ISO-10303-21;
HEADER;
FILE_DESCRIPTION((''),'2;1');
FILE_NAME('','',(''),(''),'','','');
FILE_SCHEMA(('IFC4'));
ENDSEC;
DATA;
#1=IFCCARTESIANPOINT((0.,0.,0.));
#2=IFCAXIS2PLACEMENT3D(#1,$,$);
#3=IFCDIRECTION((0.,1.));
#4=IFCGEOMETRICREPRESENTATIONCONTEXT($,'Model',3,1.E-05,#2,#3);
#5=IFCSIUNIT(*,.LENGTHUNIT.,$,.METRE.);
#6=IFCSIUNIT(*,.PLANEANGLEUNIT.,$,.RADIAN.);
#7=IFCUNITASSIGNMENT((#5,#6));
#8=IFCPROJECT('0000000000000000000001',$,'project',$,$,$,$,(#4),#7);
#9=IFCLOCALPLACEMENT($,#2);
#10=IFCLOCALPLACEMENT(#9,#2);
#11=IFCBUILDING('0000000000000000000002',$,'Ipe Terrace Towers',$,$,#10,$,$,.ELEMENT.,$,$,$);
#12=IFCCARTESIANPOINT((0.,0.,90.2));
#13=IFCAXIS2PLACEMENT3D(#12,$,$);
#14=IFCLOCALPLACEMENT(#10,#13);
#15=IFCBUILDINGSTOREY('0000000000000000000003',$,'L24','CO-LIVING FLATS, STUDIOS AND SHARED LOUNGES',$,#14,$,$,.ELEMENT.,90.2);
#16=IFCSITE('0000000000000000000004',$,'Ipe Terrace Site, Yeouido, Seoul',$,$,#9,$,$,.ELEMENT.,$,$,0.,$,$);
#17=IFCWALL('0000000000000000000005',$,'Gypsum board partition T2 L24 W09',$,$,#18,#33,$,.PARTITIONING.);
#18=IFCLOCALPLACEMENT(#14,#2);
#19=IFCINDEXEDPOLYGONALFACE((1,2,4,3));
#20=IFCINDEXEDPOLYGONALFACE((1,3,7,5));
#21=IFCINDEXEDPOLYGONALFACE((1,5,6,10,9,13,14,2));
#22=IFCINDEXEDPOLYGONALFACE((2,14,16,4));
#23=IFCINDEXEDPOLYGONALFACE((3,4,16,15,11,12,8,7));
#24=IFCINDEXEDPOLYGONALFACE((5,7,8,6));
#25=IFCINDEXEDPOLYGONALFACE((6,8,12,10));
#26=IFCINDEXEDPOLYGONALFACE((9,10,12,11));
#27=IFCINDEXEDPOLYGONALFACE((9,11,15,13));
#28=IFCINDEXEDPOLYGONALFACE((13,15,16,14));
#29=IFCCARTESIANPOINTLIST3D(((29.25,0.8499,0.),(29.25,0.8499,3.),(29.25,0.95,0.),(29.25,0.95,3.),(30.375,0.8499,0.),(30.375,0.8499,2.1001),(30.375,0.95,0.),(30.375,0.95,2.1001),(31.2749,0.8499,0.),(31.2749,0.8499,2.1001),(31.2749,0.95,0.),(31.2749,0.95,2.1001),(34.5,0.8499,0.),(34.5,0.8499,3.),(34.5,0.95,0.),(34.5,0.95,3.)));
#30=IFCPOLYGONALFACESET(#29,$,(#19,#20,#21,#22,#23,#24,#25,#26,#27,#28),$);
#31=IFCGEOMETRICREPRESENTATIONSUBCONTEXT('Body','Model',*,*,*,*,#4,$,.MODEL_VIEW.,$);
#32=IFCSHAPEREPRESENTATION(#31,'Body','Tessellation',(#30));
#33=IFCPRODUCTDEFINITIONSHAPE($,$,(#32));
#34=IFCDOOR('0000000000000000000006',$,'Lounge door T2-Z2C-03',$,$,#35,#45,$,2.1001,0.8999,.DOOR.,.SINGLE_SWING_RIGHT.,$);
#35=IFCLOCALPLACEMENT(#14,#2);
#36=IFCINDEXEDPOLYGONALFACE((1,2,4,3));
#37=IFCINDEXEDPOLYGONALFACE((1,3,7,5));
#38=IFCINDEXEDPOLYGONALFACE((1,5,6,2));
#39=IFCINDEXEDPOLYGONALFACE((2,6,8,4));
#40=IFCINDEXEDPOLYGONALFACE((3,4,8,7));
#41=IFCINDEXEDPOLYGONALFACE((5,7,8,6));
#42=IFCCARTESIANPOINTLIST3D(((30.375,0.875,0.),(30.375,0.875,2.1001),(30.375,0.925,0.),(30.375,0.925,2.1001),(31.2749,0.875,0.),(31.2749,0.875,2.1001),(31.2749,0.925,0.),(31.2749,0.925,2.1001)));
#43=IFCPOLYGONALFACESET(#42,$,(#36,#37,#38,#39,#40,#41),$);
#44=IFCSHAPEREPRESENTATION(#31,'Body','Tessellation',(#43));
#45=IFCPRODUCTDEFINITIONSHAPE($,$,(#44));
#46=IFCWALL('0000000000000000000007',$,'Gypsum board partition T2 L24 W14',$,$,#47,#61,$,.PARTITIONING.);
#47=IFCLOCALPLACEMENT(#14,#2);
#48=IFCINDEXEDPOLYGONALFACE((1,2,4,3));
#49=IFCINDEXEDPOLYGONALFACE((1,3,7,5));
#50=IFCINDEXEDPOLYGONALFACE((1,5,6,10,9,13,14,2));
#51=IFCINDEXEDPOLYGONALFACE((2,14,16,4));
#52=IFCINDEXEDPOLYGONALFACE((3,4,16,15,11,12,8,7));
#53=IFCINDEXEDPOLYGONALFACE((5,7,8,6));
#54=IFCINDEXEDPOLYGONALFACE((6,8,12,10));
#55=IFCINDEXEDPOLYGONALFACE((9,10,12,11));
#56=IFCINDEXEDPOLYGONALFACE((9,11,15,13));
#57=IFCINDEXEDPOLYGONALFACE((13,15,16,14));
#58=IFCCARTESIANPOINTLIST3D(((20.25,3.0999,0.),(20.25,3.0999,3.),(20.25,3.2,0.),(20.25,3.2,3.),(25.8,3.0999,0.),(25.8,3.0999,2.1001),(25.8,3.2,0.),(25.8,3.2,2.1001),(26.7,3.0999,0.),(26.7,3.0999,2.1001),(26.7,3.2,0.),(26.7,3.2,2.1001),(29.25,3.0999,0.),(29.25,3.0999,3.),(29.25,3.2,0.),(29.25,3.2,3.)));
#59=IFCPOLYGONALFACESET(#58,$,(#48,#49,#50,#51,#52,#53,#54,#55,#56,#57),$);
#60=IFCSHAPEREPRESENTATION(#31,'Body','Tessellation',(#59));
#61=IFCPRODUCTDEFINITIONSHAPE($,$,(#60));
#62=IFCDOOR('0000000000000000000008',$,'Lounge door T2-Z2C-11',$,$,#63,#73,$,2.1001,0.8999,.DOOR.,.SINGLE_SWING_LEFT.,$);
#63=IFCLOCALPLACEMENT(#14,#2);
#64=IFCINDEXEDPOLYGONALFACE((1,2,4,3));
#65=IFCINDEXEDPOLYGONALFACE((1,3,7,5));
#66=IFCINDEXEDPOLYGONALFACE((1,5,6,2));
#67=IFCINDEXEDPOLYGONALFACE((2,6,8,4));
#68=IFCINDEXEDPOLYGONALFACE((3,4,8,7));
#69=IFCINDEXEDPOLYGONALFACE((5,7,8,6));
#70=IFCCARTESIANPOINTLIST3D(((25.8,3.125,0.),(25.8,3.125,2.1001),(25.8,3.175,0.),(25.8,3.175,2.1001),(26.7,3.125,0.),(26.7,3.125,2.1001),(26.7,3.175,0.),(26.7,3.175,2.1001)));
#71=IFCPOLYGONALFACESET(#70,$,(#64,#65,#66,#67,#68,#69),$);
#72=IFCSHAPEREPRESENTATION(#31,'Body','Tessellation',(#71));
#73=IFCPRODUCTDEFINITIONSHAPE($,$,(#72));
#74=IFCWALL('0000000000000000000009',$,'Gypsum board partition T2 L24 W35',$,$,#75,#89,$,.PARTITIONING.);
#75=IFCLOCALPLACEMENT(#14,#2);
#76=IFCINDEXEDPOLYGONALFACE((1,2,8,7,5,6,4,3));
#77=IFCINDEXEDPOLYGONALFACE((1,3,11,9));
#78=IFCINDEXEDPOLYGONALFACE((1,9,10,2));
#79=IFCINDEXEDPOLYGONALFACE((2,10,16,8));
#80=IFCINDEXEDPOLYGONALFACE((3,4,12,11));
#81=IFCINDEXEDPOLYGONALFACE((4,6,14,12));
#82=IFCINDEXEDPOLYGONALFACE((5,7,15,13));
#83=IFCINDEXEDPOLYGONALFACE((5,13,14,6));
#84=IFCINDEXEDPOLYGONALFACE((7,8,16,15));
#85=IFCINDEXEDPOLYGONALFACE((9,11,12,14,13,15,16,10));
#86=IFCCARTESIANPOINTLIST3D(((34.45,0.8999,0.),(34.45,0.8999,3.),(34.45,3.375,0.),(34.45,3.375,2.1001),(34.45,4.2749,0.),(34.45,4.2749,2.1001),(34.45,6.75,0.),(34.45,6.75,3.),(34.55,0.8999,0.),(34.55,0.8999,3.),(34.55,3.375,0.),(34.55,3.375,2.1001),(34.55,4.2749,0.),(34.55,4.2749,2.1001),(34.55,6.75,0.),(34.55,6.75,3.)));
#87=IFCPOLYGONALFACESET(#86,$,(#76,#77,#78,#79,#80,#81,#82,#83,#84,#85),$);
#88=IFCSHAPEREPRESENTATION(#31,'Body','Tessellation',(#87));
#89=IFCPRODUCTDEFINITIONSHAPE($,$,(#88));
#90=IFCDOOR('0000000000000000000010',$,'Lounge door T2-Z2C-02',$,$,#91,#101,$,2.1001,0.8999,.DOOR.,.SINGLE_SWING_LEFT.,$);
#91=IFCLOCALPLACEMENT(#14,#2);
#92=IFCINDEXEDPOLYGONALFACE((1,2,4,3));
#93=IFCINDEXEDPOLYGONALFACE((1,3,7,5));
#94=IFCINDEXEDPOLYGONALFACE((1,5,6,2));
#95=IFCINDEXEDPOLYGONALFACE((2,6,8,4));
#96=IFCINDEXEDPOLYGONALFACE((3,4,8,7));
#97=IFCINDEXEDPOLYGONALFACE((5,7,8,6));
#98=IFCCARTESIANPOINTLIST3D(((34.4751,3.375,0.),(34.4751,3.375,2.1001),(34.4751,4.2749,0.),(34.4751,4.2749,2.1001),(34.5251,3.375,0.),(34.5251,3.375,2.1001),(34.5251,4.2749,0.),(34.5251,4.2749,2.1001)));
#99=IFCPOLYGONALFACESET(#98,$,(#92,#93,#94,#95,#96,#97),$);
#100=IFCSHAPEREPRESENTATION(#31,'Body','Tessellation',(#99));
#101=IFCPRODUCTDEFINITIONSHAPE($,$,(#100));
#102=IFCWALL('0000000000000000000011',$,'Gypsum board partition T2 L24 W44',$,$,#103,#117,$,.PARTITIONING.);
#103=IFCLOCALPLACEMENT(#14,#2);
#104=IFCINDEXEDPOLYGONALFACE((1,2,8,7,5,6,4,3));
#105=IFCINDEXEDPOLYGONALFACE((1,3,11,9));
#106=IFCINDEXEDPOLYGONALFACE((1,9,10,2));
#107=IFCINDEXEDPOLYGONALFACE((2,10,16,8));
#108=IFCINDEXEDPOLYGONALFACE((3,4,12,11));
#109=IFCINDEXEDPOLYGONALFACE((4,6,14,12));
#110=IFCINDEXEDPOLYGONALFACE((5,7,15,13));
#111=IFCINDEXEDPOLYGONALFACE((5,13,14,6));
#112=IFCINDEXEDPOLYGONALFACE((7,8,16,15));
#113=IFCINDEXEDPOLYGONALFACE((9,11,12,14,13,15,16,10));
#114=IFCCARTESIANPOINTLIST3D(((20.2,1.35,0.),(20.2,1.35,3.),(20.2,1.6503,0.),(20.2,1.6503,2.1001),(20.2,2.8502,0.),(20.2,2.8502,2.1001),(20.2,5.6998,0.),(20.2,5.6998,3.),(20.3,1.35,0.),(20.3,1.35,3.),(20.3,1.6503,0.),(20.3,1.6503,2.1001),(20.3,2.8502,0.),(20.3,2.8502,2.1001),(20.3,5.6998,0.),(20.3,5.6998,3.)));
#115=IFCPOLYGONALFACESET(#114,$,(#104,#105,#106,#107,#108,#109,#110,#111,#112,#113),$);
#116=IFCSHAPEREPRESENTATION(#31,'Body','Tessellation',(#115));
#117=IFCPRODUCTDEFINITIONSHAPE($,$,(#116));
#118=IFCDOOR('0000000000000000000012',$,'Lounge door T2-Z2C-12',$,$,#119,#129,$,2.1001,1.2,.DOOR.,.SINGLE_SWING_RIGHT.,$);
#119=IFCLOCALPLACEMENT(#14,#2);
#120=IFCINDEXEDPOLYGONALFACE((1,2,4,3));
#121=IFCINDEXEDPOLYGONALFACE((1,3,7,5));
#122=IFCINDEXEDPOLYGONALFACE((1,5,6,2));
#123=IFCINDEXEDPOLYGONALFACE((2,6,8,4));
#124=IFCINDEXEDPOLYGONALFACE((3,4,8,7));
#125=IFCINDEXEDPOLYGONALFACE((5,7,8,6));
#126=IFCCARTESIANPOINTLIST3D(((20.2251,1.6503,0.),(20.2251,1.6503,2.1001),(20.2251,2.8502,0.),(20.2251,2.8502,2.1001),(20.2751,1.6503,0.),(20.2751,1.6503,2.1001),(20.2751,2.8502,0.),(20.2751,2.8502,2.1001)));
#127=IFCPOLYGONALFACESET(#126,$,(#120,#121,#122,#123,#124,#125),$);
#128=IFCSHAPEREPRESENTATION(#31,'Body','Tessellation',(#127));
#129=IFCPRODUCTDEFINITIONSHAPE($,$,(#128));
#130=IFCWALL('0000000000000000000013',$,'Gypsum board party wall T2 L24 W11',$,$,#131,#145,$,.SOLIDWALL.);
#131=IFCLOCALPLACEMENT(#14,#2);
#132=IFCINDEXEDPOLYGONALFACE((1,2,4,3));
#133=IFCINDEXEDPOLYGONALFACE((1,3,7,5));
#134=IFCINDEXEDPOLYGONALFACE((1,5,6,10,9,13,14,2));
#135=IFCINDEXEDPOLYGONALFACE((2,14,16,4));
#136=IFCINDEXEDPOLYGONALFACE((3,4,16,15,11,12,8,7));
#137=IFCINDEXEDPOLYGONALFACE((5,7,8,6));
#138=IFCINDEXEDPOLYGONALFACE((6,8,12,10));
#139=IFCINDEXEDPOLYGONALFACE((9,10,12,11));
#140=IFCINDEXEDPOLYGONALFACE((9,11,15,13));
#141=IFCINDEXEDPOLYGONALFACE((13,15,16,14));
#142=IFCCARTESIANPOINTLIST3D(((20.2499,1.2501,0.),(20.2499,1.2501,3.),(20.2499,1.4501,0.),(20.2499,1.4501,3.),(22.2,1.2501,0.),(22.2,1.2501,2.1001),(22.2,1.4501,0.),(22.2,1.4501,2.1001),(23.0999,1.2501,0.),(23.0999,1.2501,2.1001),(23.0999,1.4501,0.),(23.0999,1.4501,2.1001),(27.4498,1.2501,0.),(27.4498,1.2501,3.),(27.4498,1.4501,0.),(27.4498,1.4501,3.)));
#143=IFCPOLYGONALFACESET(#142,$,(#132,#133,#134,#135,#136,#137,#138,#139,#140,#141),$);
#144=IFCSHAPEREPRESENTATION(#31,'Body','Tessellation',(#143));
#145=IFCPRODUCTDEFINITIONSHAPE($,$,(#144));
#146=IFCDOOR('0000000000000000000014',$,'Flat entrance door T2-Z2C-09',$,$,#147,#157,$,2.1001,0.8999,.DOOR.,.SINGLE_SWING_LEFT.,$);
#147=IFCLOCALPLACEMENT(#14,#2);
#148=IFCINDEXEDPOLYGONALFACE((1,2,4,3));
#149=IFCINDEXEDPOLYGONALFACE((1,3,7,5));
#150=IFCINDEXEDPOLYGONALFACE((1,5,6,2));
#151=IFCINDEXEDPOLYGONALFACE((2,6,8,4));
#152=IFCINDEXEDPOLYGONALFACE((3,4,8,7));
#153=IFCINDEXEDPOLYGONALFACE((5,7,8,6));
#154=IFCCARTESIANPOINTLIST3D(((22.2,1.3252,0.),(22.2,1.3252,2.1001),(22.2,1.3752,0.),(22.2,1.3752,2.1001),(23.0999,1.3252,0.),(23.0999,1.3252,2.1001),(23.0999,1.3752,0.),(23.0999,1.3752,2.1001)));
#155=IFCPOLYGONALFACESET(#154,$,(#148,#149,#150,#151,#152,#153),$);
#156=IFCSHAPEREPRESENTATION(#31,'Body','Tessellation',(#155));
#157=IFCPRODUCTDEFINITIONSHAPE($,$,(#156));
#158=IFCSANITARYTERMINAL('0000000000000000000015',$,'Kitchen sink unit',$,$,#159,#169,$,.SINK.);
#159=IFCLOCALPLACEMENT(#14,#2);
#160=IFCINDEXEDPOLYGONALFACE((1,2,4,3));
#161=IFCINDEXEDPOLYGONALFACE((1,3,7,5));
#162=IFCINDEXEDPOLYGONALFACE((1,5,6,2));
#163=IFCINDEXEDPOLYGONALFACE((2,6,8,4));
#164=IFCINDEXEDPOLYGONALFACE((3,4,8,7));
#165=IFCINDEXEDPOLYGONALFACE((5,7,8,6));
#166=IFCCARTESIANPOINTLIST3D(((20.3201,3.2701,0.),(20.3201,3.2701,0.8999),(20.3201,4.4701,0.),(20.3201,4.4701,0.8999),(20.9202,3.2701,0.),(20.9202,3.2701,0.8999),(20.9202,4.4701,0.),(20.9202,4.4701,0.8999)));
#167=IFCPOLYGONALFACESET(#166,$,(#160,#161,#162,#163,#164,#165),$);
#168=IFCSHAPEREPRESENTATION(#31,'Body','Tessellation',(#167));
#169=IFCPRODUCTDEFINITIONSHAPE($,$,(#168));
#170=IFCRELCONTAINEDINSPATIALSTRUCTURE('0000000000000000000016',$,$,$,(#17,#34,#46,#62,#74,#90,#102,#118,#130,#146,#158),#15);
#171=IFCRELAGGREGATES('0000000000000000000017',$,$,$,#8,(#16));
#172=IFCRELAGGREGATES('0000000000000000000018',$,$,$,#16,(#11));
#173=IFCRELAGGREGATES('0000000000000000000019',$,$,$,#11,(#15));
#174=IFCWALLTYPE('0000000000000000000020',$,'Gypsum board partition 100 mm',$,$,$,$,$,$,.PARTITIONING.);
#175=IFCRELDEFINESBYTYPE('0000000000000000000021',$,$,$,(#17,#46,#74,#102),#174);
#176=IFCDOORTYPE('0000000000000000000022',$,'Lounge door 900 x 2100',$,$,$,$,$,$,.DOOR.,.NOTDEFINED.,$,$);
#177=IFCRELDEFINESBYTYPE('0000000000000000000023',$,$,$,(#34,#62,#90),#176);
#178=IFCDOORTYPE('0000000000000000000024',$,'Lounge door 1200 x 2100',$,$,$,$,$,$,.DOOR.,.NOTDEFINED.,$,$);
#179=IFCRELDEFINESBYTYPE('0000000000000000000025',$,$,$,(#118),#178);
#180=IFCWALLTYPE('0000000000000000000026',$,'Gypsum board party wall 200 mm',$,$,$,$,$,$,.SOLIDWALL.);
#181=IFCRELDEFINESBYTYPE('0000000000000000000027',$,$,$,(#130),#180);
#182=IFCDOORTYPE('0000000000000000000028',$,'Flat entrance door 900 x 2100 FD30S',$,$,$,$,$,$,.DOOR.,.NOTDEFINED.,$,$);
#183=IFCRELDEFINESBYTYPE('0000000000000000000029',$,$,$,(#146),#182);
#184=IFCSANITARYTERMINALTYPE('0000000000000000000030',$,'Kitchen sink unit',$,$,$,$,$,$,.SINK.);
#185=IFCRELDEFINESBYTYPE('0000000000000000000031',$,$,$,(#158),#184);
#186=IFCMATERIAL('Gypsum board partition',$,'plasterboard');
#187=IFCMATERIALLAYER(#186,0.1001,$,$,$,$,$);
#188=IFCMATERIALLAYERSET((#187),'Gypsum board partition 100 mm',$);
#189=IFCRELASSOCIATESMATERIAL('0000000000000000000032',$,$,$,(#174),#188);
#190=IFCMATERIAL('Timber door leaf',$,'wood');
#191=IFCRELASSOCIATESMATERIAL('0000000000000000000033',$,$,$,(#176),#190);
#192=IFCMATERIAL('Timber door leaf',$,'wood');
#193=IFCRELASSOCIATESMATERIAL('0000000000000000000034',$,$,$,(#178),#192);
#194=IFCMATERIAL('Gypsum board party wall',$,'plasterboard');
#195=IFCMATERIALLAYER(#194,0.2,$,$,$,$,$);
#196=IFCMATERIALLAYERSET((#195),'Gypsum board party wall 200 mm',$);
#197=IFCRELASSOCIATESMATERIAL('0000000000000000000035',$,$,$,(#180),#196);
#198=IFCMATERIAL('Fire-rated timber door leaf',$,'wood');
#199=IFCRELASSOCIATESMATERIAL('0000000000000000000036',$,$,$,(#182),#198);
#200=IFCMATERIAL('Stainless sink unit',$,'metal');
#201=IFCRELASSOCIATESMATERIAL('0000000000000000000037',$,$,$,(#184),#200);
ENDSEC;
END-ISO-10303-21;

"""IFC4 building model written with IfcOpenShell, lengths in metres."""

from ifc_helpers import new_model, si_unit, direction, frame, frame_2d, origin, origin_2d, place, context, subcontext, project, spatial, rectangle, extrude, material, layer, layer_set, type_object, element, fill, save


model = new_model("IFC4")

# Units and contexts
model_context = context("Model", 3, precision=1e-05, world=origin(), true_north=direction((0.0, 1.0)))
body_context = subcontext(model_context, "Body", "Model", "MODEL_VIEW")
ifc_project = project(units=[si_unit("LENGTHUNIT", "METRE"), si_unit("PLANEANGLEUNIT", "RADIAN")], contexts=[model_context])

# Site, building, storey
site_placement = place(None, origin())
site = spatial("IfcSite", under=ifc_project, at=site_placement, Name="Ipe Terrace Site, Yeouido, Seoul", CompositionType="ELEMENT", RefElevation=0.0)
building_placement = place(site_placement, origin())
building = spatial("IfcBuilding", under=site, at=building_placement, Name="Ipe Terrace Towers", CompositionType="ELEMENT")
storey_placement = place(building_placement, frame((0.0, 0.0, 90.2)))
storey = spatial("IfcBuildingStorey", under=building, at=storey_placement, Name="L24", Description="CO-LIVING FLATS, STUDIOS AND SHARED LOUNGES", CompositionType="ELEMENT", Elevation=90.2)

# Walls, openings, doors
ifc_material_1 = material(Name="Gypsum board partition", Category="plasterboard")
ifc_layer_1 = layer(ifc_material_1, 0.1001)
ifc_layer_set_1 = layer_set([ifc_layer_1], Name="Gypsum board partition 100 mm")
wall_type_1 = type_object("IfcWallType", Name="Gypsum board partition 100 mm", PredefinedType="PARTITIONING", material=ifc_layer_set_1)
wall_1_placement = place(storey_placement, frame((34.5, 0.8999, 0.0), z_axis=(0.0, 0.0, 1.0), x_axis=(-1.0, 0.0, 0.0)))
wall_1 = element("IfcWall", 1, at=wall_1_placement, inside=storey, type_object=wall_type_1, Name="Gypsum board partition T2 L24 W09", PredefinedType="PARTITIONING", context=body_context, shape_type="SweptSolid", body=[
    extrude(rectangle(XDim=5.25, YDim=0.1001, at=frame_2d((2.625, 0.0))), origin(), (0.0, 0.0, 1.0), 3.0),
])
opening_1_placement = place(wall_1_placement, frame((3.2251, 0.0, 0.0)))
opening_1 = element("IfcOpeningElement", 2, at=opening_1_placement, cuts=wall_1, PredefinedType="OPENING", context=body_context, shape_type="SweptSolid", body=[
    extrude(rectangle(XDim=0.8999, YDim=2.1001, at=frame_2d((0.45, 1.05))), frame((0.0, 0.0601, 0.0), z_axis=(0.0, -1.0, 0.0), x_axis=(1.0, 0.0, 0.0)), (0.0, 0.0, 1.0), 0.1201),
])
ifc_material_2 = material(Name="Timber door leaf", Category="wood")
door_type_1 = type_object("IfcDoorType", Name="Lounge door 900 x 2100", OperationType="NOTDEFINED", PredefinedType="DOOR", material=ifc_material_2)
door_1_placement = place(opening_1_placement, origin())
door_1 = element("IfcDoor", 3, at=door_1_placement, inside=storey, type_object=door_type_1, Name="Lounge door T2-Z2C-03", OperationType="SINGLE_SWING_RIGHT", OverallHeight=2.1001, OverallWidth=0.8999, PredefinedType="DOOR", context=body_context, shape_type="SweptSolid", body=[
    extrude(rectangle(XDim=0.8999, YDim=2.1001, at=frame_2d((0.45, 1.05))), frame((0.0, 0.0249, 0.0), z_axis=(0.0, -1.0, 0.0), x_axis=(1.0, 0.0, 0.0)), (0.0, 0.0, 1.0), 0.05),
])
fill(opening_1, door_1)
wall_2_placement = place(storey_placement, frame((29.25, 3.1499, 0.0), z_axis=(0.0, 0.0, 1.0), x_axis=(-1.0, 0.0, 0.0)))
wall_2 = element("IfcWall", 4, at=wall_2_placement, inside=storey, type_object=wall_type_1, Name="Gypsum board partition T2 L24 W14", PredefinedType="PARTITIONING", context=body_context, shape_type="SweptSolid", body=[
    extrude(rectangle(XDim=9.0, YDim=0.1001, at=frame_2d((4.5, 0.0))), origin(), (0.0, 0.0, 1.0), 3.0),
])
opening_2_placement = place(wall_2_placement, frame((2.55, 0.0, 0.0)))
opening_2 = element("IfcOpeningElement", 5, at=opening_2_placement, cuts=wall_2, PredefinedType="OPENING", context=body_context, shape_type="SweptSolid", body=[
    extrude(rectangle(XDim=0.8999, YDim=2.1001, at=frame_2d((0.45, 1.05))), frame((0.0, 0.0601, 0.0), z_axis=(0.0, -1.0, 0.0), x_axis=(1.0, 0.0, 0.0)), (0.0, 0.0, 1.0), 0.1201),
])
door_2_placement = place(opening_2_placement, origin())
door_2 = element("IfcDoor", 6, at=door_2_placement, inside=storey, type_object=door_type_1, Name="Lounge door T2-Z2C-11", OperationType="SINGLE_SWING_LEFT", OverallHeight=2.1001, OverallWidth=0.8999, PredefinedType="DOOR", context=body_context, shape_type="SweptSolid", body=[
    extrude(rectangle(XDim=0.8999, YDim=2.1001, at=frame_2d((0.45, 1.05))), frame((0.0, 0.0249, 0.0), z_axis=(0.0, -1.0, 0.0), x_axis=(1.0, 0.0, 0.0)), (0.0, 0.0, 1.0), 0.05),
])
fill(opening_2, door_2)
wall_3_placement = place(storey_placement, frame((34.5, 0.8999, 0.0), z_axis=(0.0, 0.0, 1.0), x_axis=(0.0, 1.0, 0.0)))
wall_3 = element("IfcWall", 7, at=wall_3_placement, inside=storey, type_object=wall_type_1, Name="Gypsum board partition T2 L24 W35", PredefinedType="PARTITIONING", context=body_context, shape_type="SweptSolid", body=[
    extrude(rectangle(XDim=5.8501, YDim=0.1001, at=frame_2d((2.925, 0.0))), origin(), (0.0, 0.0, 1.0), 3.0),
])
opening_3_placement = place(wall_3_placement, frame((2.4751, 0.0, 0.0)))
opening_3 = element("IfcOpeningElement", 8, at=opening_3_placement, cuts=wall_3, PredefinedType="OPENING", context=body_context, shape_type="SweptSolid", body=[
    extrude(rectangle(XDim=0.8999, YDim=2.1001, at=frame_2d((0.45, 1.05))), frame((0.0, 0.0601, 0.0), z_axis=(0.0, -1.0, 0.0), x_axis=(1.0, 0.0, 0.0)), (0.0, 0.0, 1.0), 0.1201),
])
door_3_placement = place(opening_3_placement, origin())
door_3 = element("IfcDoor", 9, at=door_3_placement, inside=storey, type_object=door_type_1, Name="Lounge door T2-Z2C-02", OperationType="SINGLE_SWING_LEFT", OverallHeight=2.1001, OverallWidth=0.8999, PredefinedType="DOOR", context=body_context, shape_type="SweptSolid", body=[
    extrude(rectangle(XDim=0.8999, YDim=2.1001, at=frame_2d((0.45, 1.05))), frame((0.0, 0.0249, 0.0), z_axis=(0.0, -1.0, 0.0), x_axis=(1.0, 0.0, 0.0)), (0.0, 0.0, 1.0), 0.05),
])
fill(opening_3, door_3)
wall_4_placement = place(storey_placement, frame((20.25, 1.3501, 0.0), z_axis=(0.0, 0.0, 1.0), x_axis=(0.0, 1.0, 0.0)))
wall_4 = element("IfcWall", 10, at=wall_4_placement, inside=storey, type_object=wall_type_1, Name="Gypsum board partition T2 L24 W44", PredefinedType="PARTITIONING", context=body_context, shape_type="SweptSolid", body=[
    extrude(rectangle(XDim=4.3499, YDim=0.1001, at=frame_2d((2.1748, 0.0))), origin(), (0.0, 0.0, 1.0), 3.0),
])
opening_4_placement = place(wall_4_placement, frame((0.3, 0.0, 0.0)))
opening_4 = element("IfcOpeningElement", 11, at=opening_4_placement, cuts=wall_4, PredefinedType="OPENING", context=body_context, shape_type="SweptSolid", body=[
    extrude(rectangle(XDim=1.2, YDim=2.1001, at=frame_2d((0.6001, 1.05))), frame((0.0, 0.0601, 0.0), z_axis=(0.0, -1.0, 0.0), x_axis=(1.0, 0.0, 0.0)), (0.0, 0.0, 1.0), 0.1201),
])
ifc_material_3 = material(Name="Timber door leaf", Category="wood")
door_type_2 = type_object("IfcDoorType", Name="Lounge door 1200 x 2100", OperationType="NOTDEFINED", PredefinedType="DOOR", material=ifc_material_3)
door_4_placement = place(opening_4_placement, origin())
door_4 = element("IfcDoor", 12, at=door_4_placement, inside=storey, type_object=door_type_2, Name="Lounge door T2-Z2C-12", OperationType="SINGLE_SWING_RIGHT", OverallHeight=2.1001, OverallWidth=1.2, PredefinedType="DOOR", context=body_context, shape_type="SweptSolid", body=[
    extrude(rectangle(XDim=1.2, YDim=2.1001, at=frame_2d((0.6001, 1.05))), frame((0.0, 0.0249, 0.0), z_axis=(0.0, -1.0, 0.0), x_axis=(1.0, 0.0, 0.0)), (0.0, 0.0, 1.0), 0.05),
])
fill(opening_4, door_4)
ifc_material_4 = material(Name="Gypsum board party wall", Category="plasterboard")
ifc_layer_2 = layer(ifc_material_4, 0.2)
ifc_layer_set_2 = layer_set([ifc_layer_2], Name="Gypsum board party wall 200 mm")
wall_type_2 = type_object("IfcWallType", Name="Gypsum board party wall 200 mm", PredefinedType="SOLIDWALL", material=ifc_layer_set_2)
wall_5_placement = place(storey_placement, frame((27.45, 1.3501, 0.0), z_axis=(0.0, 0.0, 1.0), x_axis=(-1.0, 0.0, 0.0)))
wall_5 = element("IfcWall", 13, at=wall_5_placement, inside=storey, type_object=wall_type_2, Name="Gypsum board party wall T2 L24 W11", PredefinedType="SOLIDWALL", context=body_context, shape_type="SweptSolid", body=[
    extrude(rectangle(XDim=7.2, YDim=0.2, at=frame_2d((3.6001, 0.0))), origin(), (0.0, 0.0, 1.0), 3.0),
])
opening_5_placement = place(wall_5_placement, frame((4.3501, 0.0, 0.0)))
opening_5 = element("IfcOpeningElement", 14, at=opening_5_placement, cuts=wall_5, PredefinedType="OPENING", context=body_context, shape_type="SweptSolid", body=[
    extrude(rectangle(XDim=0.8999, YDim=2.1001, at=frame_2d((0.45, 1.05))), frame((0.0, 0.1099, 0.0), z_axis=(0.0, -1.0, 0.0), x_axis=(1.0, 0.0, 0.0)), (0.0, 0.0, 1.0), 0.22),
])
ifc_material_5 = material(Name="Fire-rated timber door leaf", Category="wood")
door_type_3 = type_object("IfcDoorType", Name="Flat entrance door 900 x 2100 FD30S", OperationType="NOTDEFINED", PredefinedType="DOOR", material=ifc_material_5)
door_5_placement = place(opening_5_placement, origin())
door_5 = element("IfcDoor", 15, at=door_5_placement, inside=storey, type_object=door_type_3, Name="Flat entrance door T2-Z2C-09", OperationType="SINGLE_SWING_LEFT", OverallHeight=2.1001, OverallWidth=0.8999, PredefinedType="DOOR", context=body_context, shape_type="SweptSolid", body=[
    extrude(rectangle(XDim=0.8999, YDim=2.1001, at=frame_2d((0.45, 1.05))), frame((0.0, 0.0249, 0.0), z_axis=(0.0, -1.0, 0.0), x_axis=(1.0, 0.0, 0.0)), (0.0, 0.0, 1.0), 0.05),
])
fill(opening_5, door_5)

# Sanitary terminal
ifc_material_6 = material(Name="Stainless sink unit", Category="metal")
sanitary_terminal_type_1 = type_object("IfcSanitaryTerminalType", Name="Kitchen sink unit", PredefinedType="SINK", material=ifc_material_6)
sanitary_terminal_1_placement = place(storey_placement, frame((20.6201, 3.8701, 0.0), z_axis=(0.0, 0.0, 1.0), x_axis=(0.0, 1.0, 0.0)))
element("IfcSanitaryTerminal", 16, at=sanitary_terminal_1_placement, inside=storey, type_object=sanitary_terminal_type_1, Name="Kitchen sink unit", PredefinedType="SINK", context=body_context, shape_type="SweptSolid", body=[
    extrude(rectangle(XDim=1.2, YDim=0.6001, at=origin_2d()), origin(), (0.0, 0.0, 1.0), 0.8999),
])

save(model, "model.ifc")
